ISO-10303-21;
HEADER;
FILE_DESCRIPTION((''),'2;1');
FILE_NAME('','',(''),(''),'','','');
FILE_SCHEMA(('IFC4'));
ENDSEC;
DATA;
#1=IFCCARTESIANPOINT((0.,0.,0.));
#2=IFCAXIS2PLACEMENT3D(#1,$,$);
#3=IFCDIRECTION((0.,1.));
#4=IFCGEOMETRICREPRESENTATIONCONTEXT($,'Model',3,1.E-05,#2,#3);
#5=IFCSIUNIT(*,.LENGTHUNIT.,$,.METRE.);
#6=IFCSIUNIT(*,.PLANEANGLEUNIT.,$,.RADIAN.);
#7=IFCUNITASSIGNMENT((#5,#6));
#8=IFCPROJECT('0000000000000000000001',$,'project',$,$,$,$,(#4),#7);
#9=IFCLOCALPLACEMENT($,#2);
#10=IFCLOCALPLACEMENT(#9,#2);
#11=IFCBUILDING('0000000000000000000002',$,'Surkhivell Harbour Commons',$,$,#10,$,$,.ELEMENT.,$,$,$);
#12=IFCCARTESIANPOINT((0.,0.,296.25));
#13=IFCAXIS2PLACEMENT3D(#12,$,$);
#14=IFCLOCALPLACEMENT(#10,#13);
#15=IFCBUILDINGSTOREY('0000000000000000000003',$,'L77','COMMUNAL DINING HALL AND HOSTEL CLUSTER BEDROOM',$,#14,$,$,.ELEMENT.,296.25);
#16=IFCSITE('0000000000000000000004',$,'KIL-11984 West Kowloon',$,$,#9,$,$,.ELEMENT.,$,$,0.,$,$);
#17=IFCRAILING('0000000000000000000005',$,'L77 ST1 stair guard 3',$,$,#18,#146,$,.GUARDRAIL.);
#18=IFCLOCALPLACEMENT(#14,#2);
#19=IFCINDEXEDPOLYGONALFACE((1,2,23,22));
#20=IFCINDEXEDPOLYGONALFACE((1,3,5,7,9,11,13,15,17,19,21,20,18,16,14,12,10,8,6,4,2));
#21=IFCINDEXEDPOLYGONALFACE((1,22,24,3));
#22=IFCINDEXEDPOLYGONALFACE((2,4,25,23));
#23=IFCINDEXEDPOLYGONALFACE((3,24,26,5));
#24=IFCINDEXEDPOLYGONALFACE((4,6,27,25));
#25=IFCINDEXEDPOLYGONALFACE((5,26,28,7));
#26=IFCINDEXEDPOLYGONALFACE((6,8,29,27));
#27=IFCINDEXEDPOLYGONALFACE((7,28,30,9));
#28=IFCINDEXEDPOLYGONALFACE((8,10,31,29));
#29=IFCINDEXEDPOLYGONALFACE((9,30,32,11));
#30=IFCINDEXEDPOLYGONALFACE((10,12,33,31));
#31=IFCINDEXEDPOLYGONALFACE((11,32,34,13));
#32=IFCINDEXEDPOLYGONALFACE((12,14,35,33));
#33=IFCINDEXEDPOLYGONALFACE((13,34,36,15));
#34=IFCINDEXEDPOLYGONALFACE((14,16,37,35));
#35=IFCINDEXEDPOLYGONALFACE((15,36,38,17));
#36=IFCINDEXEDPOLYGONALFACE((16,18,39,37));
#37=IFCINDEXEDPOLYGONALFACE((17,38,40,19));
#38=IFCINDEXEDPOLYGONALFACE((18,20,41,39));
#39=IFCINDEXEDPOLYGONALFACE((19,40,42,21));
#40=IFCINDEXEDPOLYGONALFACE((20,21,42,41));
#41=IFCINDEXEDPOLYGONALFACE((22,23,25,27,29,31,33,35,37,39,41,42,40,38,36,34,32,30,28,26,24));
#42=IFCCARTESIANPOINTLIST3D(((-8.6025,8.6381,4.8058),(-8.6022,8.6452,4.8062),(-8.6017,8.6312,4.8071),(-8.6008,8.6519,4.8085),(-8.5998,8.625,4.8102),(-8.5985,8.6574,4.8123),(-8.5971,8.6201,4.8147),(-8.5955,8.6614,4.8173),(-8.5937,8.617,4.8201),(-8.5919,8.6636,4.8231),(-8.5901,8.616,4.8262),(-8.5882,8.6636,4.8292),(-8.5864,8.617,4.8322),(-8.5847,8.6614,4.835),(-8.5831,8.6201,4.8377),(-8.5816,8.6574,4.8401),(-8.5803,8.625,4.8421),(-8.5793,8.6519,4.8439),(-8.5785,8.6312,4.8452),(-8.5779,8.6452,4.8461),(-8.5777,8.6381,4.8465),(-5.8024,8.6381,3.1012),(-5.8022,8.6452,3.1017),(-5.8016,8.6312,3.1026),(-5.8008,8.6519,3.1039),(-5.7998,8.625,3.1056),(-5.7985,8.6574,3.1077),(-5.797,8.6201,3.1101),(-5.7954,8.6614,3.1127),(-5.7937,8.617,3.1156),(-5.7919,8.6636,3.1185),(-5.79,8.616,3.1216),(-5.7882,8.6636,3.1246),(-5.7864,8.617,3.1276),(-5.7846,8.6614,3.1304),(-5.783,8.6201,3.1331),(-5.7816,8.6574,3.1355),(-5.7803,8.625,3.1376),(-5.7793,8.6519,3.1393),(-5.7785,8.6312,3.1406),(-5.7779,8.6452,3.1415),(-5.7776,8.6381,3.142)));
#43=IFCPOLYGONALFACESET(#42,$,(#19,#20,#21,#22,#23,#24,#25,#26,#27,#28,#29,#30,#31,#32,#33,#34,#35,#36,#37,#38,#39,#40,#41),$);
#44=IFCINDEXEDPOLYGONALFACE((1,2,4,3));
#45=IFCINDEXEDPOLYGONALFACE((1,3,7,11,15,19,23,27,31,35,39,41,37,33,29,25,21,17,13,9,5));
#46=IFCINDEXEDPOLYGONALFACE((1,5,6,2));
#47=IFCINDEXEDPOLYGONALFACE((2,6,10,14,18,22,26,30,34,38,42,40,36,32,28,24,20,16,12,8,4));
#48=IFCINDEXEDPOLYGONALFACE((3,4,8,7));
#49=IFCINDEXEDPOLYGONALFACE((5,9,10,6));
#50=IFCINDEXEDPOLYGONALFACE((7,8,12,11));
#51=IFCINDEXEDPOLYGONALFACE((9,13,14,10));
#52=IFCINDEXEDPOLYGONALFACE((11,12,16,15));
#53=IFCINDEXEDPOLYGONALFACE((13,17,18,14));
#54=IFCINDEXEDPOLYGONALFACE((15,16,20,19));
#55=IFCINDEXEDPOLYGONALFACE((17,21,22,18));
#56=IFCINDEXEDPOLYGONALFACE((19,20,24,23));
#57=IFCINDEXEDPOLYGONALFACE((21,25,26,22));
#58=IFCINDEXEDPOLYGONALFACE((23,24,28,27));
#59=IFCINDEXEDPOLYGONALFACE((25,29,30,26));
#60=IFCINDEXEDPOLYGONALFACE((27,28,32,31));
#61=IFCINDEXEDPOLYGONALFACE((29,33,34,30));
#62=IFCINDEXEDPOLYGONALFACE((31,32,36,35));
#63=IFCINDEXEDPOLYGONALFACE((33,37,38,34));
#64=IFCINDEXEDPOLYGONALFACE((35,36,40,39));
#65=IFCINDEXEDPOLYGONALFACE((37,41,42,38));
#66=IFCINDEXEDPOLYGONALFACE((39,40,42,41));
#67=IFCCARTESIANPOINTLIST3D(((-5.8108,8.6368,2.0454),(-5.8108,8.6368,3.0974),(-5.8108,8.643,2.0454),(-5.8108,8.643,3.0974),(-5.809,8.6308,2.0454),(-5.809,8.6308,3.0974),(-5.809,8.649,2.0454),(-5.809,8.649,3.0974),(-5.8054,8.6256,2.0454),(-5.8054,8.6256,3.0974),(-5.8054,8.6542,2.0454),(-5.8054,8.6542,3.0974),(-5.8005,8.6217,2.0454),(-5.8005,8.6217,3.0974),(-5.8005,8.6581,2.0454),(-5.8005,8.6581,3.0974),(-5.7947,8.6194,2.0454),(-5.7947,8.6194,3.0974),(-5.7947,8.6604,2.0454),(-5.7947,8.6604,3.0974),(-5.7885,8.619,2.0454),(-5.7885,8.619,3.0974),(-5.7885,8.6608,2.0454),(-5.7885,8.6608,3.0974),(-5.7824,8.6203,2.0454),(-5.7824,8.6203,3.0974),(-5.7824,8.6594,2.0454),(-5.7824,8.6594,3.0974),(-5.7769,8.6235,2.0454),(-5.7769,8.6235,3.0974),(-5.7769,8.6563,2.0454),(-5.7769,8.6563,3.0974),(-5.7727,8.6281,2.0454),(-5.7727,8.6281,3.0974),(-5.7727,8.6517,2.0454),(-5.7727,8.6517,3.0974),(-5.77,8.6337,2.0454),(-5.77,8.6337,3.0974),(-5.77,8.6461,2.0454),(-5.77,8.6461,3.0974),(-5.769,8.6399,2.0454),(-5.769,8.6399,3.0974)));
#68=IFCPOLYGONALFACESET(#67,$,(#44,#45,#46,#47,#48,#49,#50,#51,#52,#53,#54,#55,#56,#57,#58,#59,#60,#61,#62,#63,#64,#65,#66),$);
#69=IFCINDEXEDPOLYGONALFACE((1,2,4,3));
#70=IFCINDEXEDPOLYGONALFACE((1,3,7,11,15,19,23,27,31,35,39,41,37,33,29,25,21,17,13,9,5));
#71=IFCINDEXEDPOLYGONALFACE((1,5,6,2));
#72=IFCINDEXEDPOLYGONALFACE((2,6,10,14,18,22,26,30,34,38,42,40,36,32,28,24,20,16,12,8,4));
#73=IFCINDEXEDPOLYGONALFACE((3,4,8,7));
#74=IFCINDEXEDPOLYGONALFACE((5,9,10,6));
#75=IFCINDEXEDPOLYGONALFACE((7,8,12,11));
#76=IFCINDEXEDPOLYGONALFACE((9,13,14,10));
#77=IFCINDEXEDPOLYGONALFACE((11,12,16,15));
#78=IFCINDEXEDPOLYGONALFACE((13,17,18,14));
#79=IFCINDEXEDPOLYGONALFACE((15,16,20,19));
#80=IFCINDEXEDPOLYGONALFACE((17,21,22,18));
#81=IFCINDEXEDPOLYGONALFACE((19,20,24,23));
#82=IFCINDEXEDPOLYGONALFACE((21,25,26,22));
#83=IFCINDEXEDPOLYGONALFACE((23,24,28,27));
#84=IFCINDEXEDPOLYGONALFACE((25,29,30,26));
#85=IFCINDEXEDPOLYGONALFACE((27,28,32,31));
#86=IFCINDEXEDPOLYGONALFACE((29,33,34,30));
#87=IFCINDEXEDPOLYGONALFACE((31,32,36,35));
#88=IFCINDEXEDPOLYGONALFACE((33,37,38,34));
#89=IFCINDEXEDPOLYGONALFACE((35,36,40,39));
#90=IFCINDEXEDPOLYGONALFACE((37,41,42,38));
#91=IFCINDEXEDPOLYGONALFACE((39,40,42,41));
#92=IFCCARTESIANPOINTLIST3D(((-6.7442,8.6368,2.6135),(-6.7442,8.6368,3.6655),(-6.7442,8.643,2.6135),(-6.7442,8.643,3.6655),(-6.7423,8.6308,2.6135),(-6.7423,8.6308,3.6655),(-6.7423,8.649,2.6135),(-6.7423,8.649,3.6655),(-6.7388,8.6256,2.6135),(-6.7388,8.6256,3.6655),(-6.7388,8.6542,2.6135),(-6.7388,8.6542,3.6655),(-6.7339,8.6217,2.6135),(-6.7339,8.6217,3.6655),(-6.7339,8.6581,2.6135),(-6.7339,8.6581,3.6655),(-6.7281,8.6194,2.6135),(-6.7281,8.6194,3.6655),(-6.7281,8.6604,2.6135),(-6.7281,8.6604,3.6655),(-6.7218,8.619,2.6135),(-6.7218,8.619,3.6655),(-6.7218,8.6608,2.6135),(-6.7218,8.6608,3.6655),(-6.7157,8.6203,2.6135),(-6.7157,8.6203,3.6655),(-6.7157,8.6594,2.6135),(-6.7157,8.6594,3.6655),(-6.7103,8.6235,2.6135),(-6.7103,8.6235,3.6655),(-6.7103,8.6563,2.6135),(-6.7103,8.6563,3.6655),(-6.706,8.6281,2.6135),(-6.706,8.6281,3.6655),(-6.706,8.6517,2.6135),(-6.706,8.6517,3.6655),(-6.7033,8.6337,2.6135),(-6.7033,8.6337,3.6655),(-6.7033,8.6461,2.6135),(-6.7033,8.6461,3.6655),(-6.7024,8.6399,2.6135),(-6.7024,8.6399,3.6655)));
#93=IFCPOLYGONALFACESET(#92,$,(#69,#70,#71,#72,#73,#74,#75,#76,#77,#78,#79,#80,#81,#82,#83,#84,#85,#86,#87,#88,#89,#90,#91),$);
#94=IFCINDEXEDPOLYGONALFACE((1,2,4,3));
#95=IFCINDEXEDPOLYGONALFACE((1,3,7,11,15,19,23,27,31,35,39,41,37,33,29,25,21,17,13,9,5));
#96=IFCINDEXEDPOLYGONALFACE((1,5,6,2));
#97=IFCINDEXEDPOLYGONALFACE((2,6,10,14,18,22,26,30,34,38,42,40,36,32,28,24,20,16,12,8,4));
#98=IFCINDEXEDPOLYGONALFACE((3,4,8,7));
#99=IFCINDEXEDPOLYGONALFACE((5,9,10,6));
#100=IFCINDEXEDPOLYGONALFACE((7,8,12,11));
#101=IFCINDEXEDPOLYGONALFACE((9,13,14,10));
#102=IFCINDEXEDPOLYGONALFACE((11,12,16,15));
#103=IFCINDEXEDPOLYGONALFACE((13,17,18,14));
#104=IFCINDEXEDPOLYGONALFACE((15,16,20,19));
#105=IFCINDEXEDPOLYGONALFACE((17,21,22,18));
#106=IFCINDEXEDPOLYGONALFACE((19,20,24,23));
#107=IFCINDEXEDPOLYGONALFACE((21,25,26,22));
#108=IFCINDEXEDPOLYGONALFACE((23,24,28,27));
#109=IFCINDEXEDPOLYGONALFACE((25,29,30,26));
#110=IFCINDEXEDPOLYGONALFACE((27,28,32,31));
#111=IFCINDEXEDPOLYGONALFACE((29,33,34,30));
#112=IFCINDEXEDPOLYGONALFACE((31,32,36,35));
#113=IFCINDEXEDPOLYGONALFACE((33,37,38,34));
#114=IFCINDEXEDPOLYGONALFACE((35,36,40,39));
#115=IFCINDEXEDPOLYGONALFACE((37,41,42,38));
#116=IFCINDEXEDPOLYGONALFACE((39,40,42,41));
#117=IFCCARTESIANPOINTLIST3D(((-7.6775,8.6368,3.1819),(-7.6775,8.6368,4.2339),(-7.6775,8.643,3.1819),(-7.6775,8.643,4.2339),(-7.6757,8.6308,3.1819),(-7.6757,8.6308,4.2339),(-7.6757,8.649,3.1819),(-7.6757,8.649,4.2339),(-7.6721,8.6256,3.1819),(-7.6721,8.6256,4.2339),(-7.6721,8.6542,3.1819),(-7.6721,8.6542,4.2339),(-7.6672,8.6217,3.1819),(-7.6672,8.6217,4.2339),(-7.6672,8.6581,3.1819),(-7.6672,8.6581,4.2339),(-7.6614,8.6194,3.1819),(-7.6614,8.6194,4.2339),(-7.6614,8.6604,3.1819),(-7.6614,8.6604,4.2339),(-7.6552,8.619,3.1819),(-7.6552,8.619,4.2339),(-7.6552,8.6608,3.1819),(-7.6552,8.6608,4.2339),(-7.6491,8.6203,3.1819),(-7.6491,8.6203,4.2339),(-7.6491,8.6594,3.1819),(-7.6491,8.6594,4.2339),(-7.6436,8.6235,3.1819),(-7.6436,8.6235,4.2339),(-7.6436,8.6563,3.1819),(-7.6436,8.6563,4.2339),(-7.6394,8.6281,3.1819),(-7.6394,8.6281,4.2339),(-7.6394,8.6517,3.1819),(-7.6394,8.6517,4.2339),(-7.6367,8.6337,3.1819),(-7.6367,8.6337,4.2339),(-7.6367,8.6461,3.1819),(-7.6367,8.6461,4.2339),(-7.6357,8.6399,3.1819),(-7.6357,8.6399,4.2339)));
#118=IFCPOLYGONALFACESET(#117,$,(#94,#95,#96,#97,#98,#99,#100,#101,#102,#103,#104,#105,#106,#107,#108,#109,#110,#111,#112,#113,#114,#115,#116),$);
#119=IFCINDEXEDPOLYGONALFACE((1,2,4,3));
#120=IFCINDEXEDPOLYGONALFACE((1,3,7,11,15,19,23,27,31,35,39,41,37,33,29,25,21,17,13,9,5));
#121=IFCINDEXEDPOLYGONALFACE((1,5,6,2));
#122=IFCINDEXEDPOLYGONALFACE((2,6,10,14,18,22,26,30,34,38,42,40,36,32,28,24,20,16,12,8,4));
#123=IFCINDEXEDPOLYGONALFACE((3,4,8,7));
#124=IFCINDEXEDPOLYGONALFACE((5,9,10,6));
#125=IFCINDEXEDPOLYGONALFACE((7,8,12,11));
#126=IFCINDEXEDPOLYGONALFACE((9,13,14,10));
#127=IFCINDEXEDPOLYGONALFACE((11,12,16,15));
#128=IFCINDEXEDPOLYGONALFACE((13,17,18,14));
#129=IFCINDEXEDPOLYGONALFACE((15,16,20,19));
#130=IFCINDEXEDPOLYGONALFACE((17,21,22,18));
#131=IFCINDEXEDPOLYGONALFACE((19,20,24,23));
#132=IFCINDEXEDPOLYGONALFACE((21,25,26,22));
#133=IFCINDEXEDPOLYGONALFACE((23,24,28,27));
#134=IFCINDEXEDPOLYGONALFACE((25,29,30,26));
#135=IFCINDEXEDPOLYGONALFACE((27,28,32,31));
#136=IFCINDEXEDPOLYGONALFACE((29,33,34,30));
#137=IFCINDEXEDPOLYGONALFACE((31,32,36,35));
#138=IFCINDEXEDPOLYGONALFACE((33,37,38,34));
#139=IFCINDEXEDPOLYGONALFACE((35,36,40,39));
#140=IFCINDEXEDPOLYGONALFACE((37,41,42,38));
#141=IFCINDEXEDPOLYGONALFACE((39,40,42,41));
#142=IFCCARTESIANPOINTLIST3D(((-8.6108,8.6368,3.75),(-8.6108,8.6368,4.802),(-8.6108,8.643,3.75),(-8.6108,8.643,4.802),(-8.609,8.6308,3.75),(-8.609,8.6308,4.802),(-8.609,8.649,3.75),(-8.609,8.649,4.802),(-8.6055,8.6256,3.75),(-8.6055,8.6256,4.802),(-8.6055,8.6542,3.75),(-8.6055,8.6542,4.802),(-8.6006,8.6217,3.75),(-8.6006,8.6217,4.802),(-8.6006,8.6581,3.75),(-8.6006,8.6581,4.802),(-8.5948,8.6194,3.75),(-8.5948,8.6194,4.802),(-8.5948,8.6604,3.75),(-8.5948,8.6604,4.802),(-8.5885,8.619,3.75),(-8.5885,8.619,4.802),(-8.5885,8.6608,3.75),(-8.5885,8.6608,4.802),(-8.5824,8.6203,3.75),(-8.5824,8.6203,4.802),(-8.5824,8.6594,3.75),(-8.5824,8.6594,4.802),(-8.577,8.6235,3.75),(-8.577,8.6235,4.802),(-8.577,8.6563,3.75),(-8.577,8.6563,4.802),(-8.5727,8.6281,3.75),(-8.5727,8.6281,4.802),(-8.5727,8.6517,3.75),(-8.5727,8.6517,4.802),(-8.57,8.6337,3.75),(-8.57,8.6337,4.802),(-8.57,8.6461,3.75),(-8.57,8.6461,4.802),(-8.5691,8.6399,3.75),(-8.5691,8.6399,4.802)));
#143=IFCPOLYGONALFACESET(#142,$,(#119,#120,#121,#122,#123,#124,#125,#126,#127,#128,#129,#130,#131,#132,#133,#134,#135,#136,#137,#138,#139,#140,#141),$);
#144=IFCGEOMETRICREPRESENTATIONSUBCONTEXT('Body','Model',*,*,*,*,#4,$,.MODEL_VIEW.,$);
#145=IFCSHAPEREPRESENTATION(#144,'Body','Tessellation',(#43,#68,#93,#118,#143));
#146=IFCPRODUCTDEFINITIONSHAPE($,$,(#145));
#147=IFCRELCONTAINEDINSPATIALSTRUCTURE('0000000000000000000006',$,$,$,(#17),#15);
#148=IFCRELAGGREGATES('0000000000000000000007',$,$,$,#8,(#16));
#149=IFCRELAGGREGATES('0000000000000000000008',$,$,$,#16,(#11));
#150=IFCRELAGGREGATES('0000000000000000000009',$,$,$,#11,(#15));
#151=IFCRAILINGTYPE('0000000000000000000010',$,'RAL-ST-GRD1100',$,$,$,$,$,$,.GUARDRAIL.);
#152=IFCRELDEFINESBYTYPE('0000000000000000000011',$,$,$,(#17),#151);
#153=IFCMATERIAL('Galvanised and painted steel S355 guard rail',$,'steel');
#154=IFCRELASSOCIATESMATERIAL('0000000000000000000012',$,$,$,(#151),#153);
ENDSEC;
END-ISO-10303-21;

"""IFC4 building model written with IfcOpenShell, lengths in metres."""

from ifc_helpers import new_model, si_unit, direction, frame, origin, origin_2d, place, context, subcontext, project, spatial, circle, extrude, material, type_object, element, save


model = new_model("IFC4")

# Units and contexts
model_context = context("Model", 3, precision=1e-05, world=origin(), true_north=direction((0.0, 1.0)))
body_context = subcontext(model_context, "Body", "Model", "MODEL_VIEW")
ifc_project = project(units=[si_unit("LENGTHUNIT", "METRE"), si_unit("PLANEANGLEUNIT", "RADIAN")], contexts=[model_context])

# Site, building, storey
site_placement = place(None, origin())
site = spatial("IfcSite", under=ifc_project, at=site_placement, Name="KIL-11984 West Kowloon", CompositionType="ELEMENT", RefElevation=0.0)
building_placement = place(site_placement, origin())
building = spatial("IfcBuilding", under=site, at=building_placement, Name="Surkhivell Harbour Commons", CompositionType="ELEMENT")
storey_placement = place(building_placement, frame((0.0, 0.0, 296.25)))
storey = spatial("IfcBuildingStorey", under=building, at=storey_placement, Name="L77", Description="COMMUNAL DINING HALL AND HOSTEL CLUSTER BEDROOM", CompositionType="ELEMENT", Elevation=296.25)

# Railing
ifc_material_1 = material(Name="Galvanised and painted steel S355 guard rail", Category="steel")
railing_type_1 = type_object("IfcRailingType", Name="RAL-ST-GRD1100", PredefinedType="GUARDRAIL", material=ifc_material_1)
railing_1_placement = place(storey_placement, frame((-5.79, 8.6399, 2.0454)))
element("IfcRailing", 1, at=railing_1_placement, inside=storey, type_object=railing_type_1, Name="L77 ST1 stair guard 3", PredefinedType="GUARDRAIL", context=body_context, shape_type="SweptSolid", body=[
    extrude(circle(Radius=0.0239, at=origin_2d()), frame((0.0, 0.0, 1.0762), z_axis=(-0.85417, 0.0, 0.519994), x_axis=(0.0, -1.0, 0.0)), (0.0, 0.0, 1.0), 3.2781),
    extrude(circle(Radius=0.021, at=origin_2d()), origin(), (0.0, 0.0, 1.0), 1.052),
    extrude(circle(Radius=0.021, at=origin_2d()), frame((-0.9333, 0.0, 0.5681)), (0.0, 0.0, 1.0), 1.052),
    extrude(circle(Radius=0.021, at=origin_2d()), frame((-1.8667, 0.0, 1.1365)), (0.0, 0.0, 1.0), 1.052),
    extrude(circle(Radius=0.021, at=origin_2d()), frame((-2.8, 0.0, 1.7046)), (0.0, 0.0, 1.0), 1.052),
])

save(model, "model.ifc")
